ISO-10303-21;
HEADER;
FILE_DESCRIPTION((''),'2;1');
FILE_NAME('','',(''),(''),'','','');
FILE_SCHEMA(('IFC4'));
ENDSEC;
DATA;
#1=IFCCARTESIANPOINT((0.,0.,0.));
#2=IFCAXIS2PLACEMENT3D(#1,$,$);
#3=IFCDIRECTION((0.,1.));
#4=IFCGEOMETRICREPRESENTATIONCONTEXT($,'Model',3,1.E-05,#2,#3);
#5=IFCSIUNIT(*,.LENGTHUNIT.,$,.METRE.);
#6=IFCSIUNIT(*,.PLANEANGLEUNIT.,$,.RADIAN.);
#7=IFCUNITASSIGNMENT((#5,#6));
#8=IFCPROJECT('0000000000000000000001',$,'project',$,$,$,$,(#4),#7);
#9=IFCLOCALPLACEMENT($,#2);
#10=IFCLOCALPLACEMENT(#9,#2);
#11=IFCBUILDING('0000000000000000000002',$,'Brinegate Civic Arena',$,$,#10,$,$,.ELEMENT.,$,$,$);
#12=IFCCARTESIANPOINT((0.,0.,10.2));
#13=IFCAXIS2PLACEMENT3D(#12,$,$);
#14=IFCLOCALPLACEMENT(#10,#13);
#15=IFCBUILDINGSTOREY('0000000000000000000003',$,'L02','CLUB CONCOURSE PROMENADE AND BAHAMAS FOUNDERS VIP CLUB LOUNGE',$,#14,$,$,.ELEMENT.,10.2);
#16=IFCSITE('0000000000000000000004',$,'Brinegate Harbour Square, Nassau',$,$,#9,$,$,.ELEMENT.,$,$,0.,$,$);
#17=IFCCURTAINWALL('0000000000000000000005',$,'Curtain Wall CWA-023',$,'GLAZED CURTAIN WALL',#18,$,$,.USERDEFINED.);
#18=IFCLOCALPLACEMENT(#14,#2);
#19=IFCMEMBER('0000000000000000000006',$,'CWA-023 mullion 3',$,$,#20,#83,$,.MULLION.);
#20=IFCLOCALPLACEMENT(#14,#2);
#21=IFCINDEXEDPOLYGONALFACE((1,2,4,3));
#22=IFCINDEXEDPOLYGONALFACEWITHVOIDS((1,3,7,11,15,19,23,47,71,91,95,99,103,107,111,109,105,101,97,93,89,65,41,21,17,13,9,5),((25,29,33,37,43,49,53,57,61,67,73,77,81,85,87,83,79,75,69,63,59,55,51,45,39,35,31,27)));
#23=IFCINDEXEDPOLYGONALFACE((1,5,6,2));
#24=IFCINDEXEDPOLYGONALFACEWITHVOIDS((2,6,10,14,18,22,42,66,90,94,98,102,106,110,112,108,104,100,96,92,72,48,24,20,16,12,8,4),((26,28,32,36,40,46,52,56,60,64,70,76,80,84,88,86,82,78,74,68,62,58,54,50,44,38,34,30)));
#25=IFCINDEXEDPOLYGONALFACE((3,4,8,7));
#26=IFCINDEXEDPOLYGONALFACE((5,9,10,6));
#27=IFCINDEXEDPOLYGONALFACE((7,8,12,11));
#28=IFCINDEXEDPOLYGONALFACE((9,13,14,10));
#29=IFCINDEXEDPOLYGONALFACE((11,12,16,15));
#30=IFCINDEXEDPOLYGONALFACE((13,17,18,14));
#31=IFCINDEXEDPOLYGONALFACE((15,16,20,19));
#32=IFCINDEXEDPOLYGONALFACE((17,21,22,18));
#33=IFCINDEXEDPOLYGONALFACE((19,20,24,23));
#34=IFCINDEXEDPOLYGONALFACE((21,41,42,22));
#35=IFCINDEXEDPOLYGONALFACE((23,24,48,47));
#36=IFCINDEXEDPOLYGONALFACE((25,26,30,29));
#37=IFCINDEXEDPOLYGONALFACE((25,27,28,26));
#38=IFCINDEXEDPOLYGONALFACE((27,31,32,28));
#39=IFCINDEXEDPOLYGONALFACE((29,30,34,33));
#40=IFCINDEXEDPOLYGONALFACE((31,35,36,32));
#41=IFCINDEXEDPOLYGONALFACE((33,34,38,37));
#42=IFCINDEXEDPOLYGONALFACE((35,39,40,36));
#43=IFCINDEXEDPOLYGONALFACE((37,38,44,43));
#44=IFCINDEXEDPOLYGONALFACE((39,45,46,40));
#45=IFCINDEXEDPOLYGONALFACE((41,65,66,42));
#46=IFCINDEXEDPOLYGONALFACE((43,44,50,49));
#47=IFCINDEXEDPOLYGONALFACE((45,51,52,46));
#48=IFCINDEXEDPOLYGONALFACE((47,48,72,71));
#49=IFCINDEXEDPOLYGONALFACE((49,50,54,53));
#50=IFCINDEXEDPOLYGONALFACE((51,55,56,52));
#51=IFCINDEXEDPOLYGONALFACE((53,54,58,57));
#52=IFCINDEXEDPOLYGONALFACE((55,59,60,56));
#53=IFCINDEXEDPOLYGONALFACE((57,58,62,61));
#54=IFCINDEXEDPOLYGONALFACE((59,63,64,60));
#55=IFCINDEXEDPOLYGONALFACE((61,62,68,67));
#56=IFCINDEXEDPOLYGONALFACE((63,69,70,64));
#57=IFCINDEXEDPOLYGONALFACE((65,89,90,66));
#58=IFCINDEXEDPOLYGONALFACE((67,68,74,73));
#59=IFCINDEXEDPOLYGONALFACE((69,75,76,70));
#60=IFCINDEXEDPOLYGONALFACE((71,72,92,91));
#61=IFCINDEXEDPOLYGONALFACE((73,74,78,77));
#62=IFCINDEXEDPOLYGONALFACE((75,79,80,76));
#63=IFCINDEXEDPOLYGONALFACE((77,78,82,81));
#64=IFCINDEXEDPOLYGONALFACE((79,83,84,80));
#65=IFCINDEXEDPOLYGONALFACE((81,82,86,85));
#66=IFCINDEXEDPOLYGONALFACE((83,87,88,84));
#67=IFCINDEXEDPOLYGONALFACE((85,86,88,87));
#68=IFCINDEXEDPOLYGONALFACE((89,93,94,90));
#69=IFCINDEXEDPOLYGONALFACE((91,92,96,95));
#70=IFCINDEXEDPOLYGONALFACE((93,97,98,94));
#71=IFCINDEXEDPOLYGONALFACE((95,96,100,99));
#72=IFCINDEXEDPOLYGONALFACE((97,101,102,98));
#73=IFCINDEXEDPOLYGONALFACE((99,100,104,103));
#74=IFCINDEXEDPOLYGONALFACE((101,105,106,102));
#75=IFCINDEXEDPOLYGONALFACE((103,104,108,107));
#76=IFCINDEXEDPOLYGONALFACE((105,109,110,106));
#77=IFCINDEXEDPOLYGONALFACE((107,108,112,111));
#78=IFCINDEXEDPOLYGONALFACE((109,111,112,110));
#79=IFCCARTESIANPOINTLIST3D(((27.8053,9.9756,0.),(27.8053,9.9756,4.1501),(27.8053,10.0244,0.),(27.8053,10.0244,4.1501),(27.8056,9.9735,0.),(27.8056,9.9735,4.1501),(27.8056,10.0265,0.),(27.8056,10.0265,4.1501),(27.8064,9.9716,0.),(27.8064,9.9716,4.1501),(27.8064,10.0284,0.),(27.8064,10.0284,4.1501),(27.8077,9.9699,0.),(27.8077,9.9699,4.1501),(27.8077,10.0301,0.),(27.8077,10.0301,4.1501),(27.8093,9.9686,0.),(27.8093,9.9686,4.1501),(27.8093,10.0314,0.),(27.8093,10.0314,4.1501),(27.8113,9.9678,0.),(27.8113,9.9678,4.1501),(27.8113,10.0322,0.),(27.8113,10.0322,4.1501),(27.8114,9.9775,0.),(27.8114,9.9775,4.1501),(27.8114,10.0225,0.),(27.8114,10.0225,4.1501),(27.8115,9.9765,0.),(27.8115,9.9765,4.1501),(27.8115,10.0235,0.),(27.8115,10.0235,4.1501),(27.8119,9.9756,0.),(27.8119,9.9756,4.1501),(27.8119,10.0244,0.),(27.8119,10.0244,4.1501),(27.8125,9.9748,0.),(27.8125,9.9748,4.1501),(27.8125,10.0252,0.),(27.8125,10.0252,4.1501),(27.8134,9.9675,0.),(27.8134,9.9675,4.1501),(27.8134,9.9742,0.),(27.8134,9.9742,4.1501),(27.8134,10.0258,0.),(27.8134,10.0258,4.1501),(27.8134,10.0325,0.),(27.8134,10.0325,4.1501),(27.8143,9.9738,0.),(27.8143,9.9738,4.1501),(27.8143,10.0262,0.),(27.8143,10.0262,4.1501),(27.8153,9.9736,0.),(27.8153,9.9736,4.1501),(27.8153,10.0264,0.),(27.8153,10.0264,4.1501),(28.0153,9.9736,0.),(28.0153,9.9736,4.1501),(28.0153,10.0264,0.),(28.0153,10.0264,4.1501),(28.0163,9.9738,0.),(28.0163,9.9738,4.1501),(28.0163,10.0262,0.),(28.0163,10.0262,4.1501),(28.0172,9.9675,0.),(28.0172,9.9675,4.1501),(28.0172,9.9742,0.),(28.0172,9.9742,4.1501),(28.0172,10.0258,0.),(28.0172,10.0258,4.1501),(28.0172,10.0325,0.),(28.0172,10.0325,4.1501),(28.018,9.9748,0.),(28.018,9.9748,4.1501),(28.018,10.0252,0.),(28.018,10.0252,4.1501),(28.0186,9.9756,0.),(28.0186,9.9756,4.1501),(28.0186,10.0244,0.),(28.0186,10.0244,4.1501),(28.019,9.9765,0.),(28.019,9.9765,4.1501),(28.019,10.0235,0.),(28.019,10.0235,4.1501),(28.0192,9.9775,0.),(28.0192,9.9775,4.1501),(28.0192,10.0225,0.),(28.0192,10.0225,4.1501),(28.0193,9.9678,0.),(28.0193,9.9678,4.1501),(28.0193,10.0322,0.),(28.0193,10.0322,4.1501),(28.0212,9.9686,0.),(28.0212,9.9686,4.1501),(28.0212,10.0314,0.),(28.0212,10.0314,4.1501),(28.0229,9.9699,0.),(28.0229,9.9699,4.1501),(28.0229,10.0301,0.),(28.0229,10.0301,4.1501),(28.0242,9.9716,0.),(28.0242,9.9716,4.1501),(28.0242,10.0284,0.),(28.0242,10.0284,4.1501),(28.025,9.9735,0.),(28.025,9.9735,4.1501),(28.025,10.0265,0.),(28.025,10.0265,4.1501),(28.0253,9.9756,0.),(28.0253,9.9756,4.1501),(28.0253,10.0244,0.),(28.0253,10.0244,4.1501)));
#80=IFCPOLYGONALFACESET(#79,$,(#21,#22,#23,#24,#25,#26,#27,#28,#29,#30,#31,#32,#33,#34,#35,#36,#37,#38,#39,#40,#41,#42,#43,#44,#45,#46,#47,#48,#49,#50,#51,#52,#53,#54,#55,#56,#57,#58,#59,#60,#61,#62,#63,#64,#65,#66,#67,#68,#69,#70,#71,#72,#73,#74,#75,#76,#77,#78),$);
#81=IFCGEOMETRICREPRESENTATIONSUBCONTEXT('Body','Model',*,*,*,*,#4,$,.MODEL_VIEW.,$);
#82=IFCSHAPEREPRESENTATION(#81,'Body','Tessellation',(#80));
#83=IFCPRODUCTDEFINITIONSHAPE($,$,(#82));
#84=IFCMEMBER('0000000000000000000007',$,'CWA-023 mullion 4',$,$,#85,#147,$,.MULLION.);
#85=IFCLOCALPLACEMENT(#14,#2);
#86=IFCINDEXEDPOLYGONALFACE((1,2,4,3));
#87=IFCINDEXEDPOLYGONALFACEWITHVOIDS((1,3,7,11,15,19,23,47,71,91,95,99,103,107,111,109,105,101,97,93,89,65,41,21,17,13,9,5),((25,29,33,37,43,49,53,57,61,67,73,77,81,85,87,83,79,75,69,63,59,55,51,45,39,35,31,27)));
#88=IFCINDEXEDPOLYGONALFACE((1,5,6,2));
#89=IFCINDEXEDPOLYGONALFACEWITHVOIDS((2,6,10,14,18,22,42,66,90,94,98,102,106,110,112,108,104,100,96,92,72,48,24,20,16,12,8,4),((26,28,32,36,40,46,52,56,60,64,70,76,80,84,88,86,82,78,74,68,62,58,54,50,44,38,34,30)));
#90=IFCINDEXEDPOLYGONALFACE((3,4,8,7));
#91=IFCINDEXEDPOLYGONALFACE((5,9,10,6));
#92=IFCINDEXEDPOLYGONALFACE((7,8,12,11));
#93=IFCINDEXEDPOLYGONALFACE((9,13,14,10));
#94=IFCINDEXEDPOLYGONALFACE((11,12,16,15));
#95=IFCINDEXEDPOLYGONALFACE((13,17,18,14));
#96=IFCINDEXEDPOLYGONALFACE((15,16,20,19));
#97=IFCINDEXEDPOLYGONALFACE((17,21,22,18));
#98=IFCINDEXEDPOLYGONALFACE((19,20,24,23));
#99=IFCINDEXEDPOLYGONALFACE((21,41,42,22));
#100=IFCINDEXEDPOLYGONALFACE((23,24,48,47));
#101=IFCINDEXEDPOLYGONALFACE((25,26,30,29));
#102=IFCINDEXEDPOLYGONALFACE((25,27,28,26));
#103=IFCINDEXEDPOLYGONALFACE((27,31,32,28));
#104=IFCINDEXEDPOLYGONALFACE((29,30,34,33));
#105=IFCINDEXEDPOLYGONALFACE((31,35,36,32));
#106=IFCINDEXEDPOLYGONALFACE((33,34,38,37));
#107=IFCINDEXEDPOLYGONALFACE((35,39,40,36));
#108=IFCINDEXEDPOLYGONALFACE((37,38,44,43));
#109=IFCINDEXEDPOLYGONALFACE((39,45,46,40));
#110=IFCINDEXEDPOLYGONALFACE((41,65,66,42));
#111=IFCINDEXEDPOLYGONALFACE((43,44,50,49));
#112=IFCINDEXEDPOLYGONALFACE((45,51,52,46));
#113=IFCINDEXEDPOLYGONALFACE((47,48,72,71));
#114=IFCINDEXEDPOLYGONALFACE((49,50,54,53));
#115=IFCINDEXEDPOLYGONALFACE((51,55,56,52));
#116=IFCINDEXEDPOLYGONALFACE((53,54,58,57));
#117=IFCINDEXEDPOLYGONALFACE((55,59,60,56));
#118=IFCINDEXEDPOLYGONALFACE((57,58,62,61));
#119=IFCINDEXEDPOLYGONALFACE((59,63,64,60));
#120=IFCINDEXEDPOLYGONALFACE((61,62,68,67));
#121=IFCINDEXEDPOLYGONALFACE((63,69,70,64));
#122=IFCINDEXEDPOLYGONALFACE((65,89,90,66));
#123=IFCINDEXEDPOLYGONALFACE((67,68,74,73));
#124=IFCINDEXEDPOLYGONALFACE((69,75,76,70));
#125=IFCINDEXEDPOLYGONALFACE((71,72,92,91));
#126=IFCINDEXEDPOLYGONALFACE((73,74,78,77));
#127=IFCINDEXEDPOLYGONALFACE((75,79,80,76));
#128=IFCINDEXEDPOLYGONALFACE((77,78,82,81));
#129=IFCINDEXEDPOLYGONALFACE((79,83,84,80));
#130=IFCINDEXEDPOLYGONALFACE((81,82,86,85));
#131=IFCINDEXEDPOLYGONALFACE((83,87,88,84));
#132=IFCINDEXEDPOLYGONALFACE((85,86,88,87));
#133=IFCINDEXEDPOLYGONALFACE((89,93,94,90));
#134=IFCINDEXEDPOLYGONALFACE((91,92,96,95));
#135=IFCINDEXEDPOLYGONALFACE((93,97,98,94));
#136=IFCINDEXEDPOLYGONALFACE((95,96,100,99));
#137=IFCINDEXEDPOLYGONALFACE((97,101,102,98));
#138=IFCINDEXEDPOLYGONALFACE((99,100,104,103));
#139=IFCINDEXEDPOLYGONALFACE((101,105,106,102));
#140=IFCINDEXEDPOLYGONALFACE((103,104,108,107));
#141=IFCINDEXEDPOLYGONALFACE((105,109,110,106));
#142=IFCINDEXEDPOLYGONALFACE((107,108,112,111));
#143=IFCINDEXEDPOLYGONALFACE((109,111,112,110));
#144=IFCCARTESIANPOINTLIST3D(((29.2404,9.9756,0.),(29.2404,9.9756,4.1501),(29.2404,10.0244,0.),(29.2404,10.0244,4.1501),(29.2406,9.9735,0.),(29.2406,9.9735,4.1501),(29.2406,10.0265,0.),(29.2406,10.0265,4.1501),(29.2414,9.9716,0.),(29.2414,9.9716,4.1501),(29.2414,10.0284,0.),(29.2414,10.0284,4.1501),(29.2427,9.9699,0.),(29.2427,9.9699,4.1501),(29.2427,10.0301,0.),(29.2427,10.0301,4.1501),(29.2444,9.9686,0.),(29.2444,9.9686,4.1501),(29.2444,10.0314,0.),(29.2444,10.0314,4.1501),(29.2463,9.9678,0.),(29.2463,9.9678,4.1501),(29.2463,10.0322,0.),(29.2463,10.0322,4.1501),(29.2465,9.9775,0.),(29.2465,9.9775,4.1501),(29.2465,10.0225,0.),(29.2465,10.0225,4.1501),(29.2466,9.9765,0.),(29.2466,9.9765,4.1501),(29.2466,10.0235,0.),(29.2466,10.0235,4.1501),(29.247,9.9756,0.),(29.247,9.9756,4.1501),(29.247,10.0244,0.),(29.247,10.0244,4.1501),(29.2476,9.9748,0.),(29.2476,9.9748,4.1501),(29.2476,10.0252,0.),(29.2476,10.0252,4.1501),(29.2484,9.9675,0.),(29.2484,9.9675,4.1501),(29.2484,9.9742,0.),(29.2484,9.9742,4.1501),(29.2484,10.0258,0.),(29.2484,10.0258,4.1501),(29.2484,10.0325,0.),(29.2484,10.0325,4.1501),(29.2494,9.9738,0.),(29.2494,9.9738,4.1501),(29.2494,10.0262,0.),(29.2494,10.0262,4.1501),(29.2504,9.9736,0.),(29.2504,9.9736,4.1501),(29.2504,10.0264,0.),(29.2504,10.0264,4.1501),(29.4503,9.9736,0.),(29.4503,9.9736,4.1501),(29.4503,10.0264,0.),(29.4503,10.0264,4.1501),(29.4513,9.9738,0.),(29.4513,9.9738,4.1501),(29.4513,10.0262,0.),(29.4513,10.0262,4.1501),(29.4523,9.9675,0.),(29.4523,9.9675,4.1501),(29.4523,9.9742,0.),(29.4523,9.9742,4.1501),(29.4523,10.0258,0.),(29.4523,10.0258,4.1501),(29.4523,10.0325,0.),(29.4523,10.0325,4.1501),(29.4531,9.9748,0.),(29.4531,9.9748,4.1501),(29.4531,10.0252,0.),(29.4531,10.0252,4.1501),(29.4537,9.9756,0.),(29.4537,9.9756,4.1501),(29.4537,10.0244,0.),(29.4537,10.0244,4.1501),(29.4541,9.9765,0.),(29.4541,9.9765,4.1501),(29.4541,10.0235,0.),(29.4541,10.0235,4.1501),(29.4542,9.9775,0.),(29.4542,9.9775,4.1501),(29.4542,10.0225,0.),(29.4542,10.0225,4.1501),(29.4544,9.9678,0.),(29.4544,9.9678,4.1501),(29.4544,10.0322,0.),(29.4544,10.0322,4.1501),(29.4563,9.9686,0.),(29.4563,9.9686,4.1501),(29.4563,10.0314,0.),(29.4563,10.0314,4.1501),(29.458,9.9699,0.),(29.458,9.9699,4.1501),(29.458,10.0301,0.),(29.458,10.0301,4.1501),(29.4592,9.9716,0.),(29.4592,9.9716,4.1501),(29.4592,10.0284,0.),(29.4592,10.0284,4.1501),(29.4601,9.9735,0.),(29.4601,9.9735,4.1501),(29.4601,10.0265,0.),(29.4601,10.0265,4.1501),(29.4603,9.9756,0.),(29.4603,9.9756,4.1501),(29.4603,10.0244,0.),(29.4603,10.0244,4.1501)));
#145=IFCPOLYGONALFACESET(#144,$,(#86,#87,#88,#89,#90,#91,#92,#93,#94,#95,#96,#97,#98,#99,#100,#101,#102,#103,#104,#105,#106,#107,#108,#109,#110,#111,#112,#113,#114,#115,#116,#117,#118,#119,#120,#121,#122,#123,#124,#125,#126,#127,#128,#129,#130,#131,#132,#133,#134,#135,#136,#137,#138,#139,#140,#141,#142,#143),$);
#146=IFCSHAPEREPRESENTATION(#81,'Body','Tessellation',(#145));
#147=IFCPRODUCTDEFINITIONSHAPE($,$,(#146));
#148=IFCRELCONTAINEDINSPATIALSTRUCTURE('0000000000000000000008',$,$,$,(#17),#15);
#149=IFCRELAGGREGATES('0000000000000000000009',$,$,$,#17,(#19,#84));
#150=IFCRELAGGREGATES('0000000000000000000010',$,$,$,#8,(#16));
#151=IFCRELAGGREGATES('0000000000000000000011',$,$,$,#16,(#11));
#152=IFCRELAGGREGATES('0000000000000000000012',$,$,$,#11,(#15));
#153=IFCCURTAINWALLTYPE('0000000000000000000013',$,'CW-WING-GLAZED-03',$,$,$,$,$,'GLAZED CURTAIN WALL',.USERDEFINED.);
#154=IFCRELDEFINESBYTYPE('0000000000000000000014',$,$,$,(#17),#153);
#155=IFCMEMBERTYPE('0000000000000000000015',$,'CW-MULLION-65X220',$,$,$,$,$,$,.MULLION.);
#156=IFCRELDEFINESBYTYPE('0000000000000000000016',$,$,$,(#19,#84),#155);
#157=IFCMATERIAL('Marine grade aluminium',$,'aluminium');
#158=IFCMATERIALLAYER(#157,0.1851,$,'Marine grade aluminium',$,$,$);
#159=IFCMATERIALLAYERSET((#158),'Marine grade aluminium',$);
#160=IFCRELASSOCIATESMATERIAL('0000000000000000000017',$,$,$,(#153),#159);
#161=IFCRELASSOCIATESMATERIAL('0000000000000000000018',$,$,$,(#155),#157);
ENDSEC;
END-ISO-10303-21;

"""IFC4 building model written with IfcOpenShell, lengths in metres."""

from ifc_helpers import new_model, si_unit, direction, frame, origin, origin_2d, place, context, subcontext, project, spatial, hollow_rectangle, extrude, material, layer, layer_set, material_profile, profile_set, type_object, element, aggregate, save


model = new_model("IFC4")

# Units and contexts
model_context = context("Model", 3, precision=1e-05, world=origin(), true_north=direction((0.0, 1.0)))
body_context = subcontext(model_context, "Body", "Model", "MODEL_VIEW")
ifc_project = project(units=[si_unit("LENGTHUNIT", "METRE"), si_unit("PLANEANGLEUNIT", "RADIAN")], contexts=[model_context])

# Site, building, storey
site_placement = place(None, origin())
site = spatial("IfcSite", under=ifc_project, at=site_placement, Name="Brinegate Harbour Square, Nassau", CompositionType="ELEMENT", RefElevation=0.0)
building_placement = place(site_placement, origin())
building = spatial("IfcBuilding", under=site, at=building_placement, Name="Brinegate Civic Arena", CompositionType="ELEMENT")
storey_placement = place(building_placement, frame((0.0, 0.0, 10.2)))
storey = spatial("IfcBuildingStorey", under=building, at=storey_placement, Name="L02", Description="CLUB CONCOURSE PROMENADE AND BAHAMAS FOUNDERS VIP CLUB LOUNGE", CompositionType="ELEMENT", Elevation=10.2)

# Curtain wall, members
ifc_material_1 = material(Name="Marine grade aluminium", Category="aluminium")
ifc_layer_1 = layer(ifc_material_1, 0.1851, Name="Marine grade aluminium")
ifc_layer_set_1 = layer_set([ifc_layer_1], Name="Marine grade aluminium")
curtain_wall_type = type_object("IfcCurtainWallType", Name="CW-WING-GLAZED-03", ElementType="GLAZED CURTAIN WALL", PredefinedType="USERDEFINED", material=ifc_layer_set_1)
curtain_wall_placement = place(storey_placement, origin())
curtain_wall = element("IfcCurtainWall", 1, at=curtain_wall_placement, inside=storey, type_object=curtain_wall_type, Name="Curtain Wall CWA-023", ObjectType="GLAZED CURTAIN WALL", PredefinedType="USERDEFINED")
ifc_material_profile_1 = material_profile(ifc_material_1, hollow_rectangle(XDim=0.0649, YDim=0.22, WallThickness=0.0061, InnerFilletRadius=0.0039, OuterFilletRadius=0.0081, at=origin_2d()), Name="MUL65X220")
ifc_profile_set_1 = profile_set([ifc_material_profile_1], Name="Marine grade aluminium")
member_type_1 = type_object("IfcMemberType", Name="CW-MULLION-65X220", PredefinedType="MULLION", material=ifc_profile_set_1)
member_1_placement = place(storey_placement, frame((27.9153, 10.0, 0.0), z_axis=(0.0, 0.0, 1.0), x_axis=(0.0, 1.0, 0.0)))
member_1 = element("IfcMember", 2, at=member_1_placement, type_object=member_type_1, Name="CWA-023 mullion 3", PredefinedType="MULLION", context=body_context, shape_type="SweptSolid", body=[
    extrude(hollow_rectangle(XDim=0.0649, YDim=0.22, WallThickness=0.0061, InnerFilletRadius=0.0039, OuterFilletRadius=0.0081, at=origin_2d()), origin(), (0.0, 0.0, 1.0), 4.1501),
])
member_2_placement = place(storey_placement, frame((29.3503, 10.0, 0.0), z_axis=(0.0, 0.0, 1.0), x_axis=(0.0, 1.0, 0.0)))
member_2 = element("IfcMember", 3, at=member_2_placement, type_object=member_type_1, Name="CWA-023 mullion 4", PredefinedType="MULLION", context=body_context, shape_type="SweptSolid", body=[
    extrude(hollow_rectangle(XDim=0.0649, YDim=0.22, WallThickness=0.0061, InnerFilletRadius=0.0039, OuterFilletRadius=0.0081, at=origin_2d()), origin(), (0.0, 0.0, 1.0), 4.1501),
])

aggregate(curtain_wall, [member_1, member_2])

save(model, "model.ifc")
